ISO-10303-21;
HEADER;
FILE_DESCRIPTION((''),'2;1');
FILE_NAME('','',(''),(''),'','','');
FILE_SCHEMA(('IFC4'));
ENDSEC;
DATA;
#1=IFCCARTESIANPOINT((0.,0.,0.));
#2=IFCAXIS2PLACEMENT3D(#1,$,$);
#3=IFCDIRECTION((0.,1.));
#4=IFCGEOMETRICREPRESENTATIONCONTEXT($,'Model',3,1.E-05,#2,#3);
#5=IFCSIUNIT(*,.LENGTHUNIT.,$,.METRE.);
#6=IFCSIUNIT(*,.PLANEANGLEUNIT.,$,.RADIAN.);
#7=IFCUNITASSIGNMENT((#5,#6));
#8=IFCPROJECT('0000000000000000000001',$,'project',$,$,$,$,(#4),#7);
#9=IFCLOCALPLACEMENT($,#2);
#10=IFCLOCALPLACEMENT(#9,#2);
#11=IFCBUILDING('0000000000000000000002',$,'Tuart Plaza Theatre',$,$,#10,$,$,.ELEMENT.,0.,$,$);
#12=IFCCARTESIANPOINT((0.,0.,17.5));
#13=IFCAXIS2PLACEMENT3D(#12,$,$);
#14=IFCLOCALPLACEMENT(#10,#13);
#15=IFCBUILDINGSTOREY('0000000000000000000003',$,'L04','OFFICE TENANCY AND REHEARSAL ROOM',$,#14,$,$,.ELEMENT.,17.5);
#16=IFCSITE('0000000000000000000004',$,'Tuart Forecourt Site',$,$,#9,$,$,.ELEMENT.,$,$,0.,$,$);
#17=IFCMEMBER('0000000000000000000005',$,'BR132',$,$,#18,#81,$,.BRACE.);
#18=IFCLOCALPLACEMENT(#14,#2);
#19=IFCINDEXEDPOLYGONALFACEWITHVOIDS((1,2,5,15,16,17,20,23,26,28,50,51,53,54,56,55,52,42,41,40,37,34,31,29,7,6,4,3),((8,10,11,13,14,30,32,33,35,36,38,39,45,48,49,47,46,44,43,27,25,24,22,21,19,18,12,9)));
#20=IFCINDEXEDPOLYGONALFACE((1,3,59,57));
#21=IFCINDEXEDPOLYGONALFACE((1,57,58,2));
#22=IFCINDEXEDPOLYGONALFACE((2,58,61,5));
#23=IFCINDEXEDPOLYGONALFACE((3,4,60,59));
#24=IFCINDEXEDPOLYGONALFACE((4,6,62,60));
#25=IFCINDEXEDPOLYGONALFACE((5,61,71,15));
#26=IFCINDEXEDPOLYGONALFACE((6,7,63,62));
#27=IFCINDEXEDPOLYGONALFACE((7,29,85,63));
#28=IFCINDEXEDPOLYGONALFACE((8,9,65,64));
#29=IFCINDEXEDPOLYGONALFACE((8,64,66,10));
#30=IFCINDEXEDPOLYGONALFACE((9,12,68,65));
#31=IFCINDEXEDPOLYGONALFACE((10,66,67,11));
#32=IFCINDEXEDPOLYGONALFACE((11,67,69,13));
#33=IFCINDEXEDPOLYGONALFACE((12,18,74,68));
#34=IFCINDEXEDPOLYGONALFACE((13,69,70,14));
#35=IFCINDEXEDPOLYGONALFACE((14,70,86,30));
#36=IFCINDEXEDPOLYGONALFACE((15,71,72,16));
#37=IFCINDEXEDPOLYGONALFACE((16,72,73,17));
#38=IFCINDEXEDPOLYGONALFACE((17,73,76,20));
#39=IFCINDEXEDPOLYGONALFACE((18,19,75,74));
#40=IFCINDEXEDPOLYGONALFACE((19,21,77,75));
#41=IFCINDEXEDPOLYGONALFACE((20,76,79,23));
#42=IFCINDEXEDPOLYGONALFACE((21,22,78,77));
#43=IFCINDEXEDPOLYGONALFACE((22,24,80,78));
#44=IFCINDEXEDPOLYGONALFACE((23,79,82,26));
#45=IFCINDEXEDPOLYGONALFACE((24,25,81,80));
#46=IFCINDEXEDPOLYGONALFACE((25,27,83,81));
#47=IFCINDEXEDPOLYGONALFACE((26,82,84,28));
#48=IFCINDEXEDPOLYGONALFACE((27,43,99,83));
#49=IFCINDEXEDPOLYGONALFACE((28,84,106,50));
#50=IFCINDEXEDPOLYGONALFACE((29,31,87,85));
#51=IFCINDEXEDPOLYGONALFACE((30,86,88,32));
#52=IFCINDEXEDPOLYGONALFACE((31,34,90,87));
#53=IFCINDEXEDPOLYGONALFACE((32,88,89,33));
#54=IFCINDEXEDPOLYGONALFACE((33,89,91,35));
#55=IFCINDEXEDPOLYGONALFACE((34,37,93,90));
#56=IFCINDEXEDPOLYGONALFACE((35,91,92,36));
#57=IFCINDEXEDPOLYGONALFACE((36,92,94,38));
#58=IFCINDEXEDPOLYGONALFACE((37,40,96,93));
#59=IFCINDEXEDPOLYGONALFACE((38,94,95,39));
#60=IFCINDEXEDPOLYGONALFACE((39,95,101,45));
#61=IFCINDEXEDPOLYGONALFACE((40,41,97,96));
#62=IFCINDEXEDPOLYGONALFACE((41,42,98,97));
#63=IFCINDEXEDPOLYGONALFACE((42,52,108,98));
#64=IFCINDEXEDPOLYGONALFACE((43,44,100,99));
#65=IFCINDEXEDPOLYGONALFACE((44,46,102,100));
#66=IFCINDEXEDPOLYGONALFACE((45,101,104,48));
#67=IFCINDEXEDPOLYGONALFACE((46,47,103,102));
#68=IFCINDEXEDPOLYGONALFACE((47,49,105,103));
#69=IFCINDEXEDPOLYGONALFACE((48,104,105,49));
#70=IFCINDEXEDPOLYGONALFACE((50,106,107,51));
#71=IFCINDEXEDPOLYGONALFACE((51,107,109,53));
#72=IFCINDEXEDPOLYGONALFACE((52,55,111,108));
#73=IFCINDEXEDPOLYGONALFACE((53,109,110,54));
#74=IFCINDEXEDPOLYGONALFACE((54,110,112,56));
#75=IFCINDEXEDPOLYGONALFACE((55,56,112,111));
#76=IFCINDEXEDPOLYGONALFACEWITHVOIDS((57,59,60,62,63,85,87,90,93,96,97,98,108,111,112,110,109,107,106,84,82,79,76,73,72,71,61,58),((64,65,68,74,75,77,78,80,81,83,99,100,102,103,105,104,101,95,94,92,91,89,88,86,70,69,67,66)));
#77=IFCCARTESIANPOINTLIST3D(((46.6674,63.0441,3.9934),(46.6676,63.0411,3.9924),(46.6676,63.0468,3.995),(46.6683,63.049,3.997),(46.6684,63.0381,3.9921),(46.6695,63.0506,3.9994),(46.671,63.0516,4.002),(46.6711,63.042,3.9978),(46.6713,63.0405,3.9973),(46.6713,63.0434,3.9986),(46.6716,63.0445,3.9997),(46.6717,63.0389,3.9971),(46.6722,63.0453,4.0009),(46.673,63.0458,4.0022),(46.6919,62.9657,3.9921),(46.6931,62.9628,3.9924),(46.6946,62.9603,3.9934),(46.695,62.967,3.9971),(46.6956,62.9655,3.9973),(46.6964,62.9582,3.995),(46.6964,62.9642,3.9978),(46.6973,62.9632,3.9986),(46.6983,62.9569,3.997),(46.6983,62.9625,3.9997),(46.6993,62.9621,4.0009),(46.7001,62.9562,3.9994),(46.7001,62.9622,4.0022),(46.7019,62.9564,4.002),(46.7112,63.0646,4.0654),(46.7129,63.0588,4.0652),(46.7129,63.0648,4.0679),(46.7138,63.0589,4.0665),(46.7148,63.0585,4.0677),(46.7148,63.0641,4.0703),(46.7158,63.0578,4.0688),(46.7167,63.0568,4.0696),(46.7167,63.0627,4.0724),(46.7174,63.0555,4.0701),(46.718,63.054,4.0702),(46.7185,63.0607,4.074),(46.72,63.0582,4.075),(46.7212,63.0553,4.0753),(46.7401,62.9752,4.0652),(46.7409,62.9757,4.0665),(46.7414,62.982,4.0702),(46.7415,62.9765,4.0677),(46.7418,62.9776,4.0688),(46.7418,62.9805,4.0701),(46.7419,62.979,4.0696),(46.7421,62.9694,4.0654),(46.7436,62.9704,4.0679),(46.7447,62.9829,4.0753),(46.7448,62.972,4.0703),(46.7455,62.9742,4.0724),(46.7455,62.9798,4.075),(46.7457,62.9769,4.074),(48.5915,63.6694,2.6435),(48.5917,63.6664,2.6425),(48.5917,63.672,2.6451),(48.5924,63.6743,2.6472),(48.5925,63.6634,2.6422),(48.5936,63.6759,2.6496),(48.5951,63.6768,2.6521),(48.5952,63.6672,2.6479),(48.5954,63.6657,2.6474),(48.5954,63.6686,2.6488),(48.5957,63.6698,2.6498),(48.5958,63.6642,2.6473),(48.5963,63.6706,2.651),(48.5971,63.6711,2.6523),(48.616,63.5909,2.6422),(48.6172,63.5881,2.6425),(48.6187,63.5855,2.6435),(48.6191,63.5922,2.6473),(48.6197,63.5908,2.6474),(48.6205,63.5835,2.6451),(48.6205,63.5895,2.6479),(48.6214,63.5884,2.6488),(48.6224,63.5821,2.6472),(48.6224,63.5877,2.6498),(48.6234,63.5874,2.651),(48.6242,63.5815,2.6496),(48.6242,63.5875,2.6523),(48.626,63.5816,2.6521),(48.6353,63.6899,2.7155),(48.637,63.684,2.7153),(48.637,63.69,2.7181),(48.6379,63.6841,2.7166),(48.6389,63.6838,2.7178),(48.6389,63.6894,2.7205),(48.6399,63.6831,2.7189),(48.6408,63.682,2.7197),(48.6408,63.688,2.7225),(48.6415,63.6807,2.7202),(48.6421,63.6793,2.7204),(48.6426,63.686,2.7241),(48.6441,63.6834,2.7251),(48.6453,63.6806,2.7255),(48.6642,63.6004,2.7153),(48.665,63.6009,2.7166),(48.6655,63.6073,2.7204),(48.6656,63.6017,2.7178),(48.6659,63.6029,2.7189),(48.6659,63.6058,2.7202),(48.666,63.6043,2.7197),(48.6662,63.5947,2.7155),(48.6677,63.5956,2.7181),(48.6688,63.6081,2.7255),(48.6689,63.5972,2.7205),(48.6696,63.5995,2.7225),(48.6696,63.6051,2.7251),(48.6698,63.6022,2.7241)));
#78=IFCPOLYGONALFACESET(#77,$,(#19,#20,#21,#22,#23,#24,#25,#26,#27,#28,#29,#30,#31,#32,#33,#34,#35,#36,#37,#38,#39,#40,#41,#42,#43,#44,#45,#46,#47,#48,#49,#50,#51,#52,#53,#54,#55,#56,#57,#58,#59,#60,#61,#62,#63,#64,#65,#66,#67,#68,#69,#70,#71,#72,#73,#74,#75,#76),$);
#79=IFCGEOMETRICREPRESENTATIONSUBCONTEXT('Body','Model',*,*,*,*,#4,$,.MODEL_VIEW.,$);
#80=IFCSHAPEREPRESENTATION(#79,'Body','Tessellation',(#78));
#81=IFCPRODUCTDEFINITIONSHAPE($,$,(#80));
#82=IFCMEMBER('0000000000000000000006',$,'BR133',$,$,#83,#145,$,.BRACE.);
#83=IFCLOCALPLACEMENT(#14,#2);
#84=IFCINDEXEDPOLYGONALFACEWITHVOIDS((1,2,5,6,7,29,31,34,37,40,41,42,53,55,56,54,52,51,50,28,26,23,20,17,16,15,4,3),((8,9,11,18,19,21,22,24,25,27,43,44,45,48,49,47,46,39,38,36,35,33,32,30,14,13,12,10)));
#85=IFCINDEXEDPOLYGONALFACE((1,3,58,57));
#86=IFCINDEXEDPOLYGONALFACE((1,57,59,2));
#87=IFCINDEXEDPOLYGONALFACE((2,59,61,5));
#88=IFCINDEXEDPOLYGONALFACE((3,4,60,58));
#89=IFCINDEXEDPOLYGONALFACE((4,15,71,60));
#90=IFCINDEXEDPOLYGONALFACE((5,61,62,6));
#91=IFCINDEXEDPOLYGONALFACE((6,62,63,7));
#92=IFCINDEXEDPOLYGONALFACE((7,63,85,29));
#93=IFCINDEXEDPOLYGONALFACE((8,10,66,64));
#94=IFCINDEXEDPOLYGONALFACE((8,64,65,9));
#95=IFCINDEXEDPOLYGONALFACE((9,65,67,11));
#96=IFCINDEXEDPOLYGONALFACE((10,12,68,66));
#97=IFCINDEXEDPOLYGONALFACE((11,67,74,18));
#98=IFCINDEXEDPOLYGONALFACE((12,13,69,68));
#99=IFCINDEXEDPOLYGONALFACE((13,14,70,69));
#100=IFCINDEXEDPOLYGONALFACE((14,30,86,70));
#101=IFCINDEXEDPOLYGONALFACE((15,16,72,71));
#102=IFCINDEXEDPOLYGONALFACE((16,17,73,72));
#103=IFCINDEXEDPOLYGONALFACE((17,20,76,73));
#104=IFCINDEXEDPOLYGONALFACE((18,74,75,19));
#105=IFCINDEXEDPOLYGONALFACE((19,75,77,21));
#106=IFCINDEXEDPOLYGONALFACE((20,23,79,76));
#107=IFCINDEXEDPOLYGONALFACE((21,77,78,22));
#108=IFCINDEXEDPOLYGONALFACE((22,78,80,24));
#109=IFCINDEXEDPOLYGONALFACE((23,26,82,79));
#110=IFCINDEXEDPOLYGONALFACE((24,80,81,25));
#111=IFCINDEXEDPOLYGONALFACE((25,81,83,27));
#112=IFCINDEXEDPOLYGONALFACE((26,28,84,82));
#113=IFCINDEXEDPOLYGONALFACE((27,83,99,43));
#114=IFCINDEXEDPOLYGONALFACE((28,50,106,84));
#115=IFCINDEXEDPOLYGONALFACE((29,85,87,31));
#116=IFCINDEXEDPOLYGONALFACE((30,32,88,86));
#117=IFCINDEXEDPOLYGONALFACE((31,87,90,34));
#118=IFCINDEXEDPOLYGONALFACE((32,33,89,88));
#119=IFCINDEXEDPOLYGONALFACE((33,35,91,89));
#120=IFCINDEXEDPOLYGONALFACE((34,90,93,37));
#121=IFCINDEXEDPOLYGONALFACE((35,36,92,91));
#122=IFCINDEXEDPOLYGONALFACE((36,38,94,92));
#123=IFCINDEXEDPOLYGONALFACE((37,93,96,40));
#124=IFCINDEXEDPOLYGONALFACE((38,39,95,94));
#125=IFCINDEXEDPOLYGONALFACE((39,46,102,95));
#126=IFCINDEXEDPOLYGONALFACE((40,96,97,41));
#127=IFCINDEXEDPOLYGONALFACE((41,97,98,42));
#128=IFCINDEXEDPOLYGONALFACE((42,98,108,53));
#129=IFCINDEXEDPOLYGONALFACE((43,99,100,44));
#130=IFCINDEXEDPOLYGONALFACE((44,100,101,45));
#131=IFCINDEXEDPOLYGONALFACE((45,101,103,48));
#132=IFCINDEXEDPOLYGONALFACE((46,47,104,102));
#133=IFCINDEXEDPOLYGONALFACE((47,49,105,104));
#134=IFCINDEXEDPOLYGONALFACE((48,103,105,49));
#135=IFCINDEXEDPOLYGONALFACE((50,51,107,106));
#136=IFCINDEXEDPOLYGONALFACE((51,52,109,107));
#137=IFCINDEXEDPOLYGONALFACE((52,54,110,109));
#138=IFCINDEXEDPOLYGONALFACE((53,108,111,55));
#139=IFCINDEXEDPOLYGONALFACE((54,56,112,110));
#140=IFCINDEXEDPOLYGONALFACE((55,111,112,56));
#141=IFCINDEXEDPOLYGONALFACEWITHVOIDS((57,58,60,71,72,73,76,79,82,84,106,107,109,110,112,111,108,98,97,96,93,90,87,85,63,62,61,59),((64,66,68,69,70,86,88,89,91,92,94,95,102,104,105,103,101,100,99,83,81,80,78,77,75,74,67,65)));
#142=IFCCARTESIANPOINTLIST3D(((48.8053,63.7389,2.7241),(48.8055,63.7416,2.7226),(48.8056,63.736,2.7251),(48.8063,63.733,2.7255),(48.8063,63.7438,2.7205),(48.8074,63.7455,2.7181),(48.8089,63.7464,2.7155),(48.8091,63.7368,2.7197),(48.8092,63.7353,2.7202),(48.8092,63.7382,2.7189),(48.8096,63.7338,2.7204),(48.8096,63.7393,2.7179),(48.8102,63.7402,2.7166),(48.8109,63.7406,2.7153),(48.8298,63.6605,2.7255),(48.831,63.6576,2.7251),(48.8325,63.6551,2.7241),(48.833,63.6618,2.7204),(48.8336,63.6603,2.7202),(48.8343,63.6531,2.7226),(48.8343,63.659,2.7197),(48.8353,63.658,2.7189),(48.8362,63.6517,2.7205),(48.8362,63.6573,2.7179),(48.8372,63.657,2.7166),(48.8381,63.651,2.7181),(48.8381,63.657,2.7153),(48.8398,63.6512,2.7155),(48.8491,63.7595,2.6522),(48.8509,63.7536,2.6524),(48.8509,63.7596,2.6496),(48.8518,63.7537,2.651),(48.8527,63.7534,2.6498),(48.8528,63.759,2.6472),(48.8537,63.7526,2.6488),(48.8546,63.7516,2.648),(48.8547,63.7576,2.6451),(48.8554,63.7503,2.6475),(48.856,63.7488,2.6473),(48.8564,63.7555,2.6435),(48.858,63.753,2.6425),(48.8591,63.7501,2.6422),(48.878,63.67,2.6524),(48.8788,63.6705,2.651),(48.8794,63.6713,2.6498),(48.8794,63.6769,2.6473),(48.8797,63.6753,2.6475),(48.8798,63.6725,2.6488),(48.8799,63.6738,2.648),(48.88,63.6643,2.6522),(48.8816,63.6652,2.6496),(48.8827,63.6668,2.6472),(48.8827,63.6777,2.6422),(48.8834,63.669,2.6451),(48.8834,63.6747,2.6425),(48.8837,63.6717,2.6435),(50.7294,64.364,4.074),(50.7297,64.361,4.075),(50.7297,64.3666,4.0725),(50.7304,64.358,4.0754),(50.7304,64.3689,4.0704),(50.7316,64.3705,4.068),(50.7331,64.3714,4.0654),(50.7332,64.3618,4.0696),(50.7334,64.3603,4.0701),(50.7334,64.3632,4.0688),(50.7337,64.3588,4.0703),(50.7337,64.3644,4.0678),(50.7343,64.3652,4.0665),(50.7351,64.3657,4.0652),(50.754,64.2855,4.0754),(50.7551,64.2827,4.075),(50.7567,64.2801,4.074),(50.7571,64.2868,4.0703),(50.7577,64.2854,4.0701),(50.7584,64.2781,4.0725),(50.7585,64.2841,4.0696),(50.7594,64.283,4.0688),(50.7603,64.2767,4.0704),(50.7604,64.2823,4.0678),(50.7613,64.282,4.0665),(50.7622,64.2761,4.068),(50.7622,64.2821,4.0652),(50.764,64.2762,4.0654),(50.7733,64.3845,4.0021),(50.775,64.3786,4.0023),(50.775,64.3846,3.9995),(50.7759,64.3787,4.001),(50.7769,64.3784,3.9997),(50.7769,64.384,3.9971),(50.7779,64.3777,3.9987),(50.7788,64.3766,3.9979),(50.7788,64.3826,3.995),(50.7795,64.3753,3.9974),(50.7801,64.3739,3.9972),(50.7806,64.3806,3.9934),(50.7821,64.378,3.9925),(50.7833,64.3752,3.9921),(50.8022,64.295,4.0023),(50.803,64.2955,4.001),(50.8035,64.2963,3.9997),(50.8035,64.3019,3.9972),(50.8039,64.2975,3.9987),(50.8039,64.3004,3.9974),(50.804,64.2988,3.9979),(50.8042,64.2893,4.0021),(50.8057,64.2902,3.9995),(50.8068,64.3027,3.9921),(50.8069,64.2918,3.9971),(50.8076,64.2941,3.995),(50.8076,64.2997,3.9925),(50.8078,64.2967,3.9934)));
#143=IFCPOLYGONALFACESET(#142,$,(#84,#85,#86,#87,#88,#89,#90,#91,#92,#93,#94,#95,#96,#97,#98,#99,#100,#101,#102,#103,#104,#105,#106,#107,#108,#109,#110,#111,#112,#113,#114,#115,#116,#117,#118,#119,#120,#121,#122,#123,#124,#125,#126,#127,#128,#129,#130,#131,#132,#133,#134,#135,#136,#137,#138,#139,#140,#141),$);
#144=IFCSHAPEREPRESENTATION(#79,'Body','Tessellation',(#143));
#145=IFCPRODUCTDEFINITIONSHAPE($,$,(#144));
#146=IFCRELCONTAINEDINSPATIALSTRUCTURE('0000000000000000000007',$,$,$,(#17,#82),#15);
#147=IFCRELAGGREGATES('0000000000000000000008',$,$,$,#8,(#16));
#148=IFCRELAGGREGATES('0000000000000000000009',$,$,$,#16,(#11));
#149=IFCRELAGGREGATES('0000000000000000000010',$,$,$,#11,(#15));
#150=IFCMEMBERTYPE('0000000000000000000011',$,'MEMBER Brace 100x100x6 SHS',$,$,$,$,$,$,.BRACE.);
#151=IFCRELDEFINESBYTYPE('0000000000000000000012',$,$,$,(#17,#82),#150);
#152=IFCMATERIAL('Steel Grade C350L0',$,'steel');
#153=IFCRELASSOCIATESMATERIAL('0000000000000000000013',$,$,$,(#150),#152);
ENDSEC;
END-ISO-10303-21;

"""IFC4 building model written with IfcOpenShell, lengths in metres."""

from ifc_helpers import new_model, si_unit, direction, frame, origin, origin_2d, place, context, subcontext, project, spatial, hollow_rectangle, extrude, material, material_profile, profile_set, type_object, element, save


model = new_model("IFC4")

# Units and contexts
model_context = context("Model", 3, precision=1e-05, world=origin(), true_north=direction((0.0, 1.0)))
body_context = subcontext(model_context, "Body", "Model", "MODEL_VIEW")
ifc_project = project(units=[si_unit("LENGTHUNIT", "METRE"), si_unit("PLANEANGLEUNIT", "RADIAN")], contexts=[model_context])

# Site, building, storey
site_placement = place(None, origin())
site = spatial("IfcSite", under=ifc_project, at=site_placement, Name="Tuart Forecourt Site", CompositionType="ELEMENT", RefElevation=0.0)
building_placement = place(site_placement, origin())
building = spatial("IfcBuilding", under=site, at=building_placement, Name="Tuart Plaza Theatre", CompositionType="ELEMENT", ElevationOfRefHeight=0.0)
storey_placement = place(building_placement, frame((0.0, 0.0, 17.5)))
storey = spatial("IfcBuildingStorey", under=building, at=storey_placement, Name="L04", Description="OFFICE TENANCY AND REHEARSAL ROOM", CompositionType="ELEMENT", Elevation=17.5)

# Members
ifc_material_1 = material(Name="Steel Grade C350L0", Category="steel")
ifc_material_profile_1 = material_profile(ifc_material_1, hollow_rectangle(XDim=0.1001, YDim=0.1001, WallThickness=0.0061, InnerFilletRadius=0.0061, OuterFilletRadius=0.012, at=origin_2d()), Name="100x100x6 SHS")
ifc_profile_set_1 = profile_set([ifc_material_profile_1], Name="Steel Grade C350L0")
member_type_1 = type_object("IfcMemberType", Name="MEMBER Brace 100x100x6 SHS", PredefinedType="BRACE", material=ifc_profile_set_1)
for number, where, z_axis, x_axis, name in (
    (1, (46.7065, 63.0105, 4.0337), (0.791117, 0.25708, -0.555017), (-0.309051, 0.951046, 0.0), "BR132"),
    (2, (48.8445, 63.7053, 2.6838), (0.791137, 0.256987, 0.555031), (-0.308941, 0.951081, 0.0), "BR133"),
):
    element("IfcMember", number, at=place(storey_placement, frame(where, z_axis=z_axis, x_axis=x_axis)), inside=storey, type_object=member_type_1, Name=name, PredefinedType="BRACE", context=body_context, shape_type="SweptSolid", body=[
        extrude(hollow_rectangle(XDim=0.1001, YDim=0.1001, WallThickness=0.0061, InnerFilletRadius=0.0061, OuterFilletRadius=0.012, at=origin_2d()), origin(), (0.0, 0.0, 1.0), 2.4321),
    ])

save(model, "model.ifc")
